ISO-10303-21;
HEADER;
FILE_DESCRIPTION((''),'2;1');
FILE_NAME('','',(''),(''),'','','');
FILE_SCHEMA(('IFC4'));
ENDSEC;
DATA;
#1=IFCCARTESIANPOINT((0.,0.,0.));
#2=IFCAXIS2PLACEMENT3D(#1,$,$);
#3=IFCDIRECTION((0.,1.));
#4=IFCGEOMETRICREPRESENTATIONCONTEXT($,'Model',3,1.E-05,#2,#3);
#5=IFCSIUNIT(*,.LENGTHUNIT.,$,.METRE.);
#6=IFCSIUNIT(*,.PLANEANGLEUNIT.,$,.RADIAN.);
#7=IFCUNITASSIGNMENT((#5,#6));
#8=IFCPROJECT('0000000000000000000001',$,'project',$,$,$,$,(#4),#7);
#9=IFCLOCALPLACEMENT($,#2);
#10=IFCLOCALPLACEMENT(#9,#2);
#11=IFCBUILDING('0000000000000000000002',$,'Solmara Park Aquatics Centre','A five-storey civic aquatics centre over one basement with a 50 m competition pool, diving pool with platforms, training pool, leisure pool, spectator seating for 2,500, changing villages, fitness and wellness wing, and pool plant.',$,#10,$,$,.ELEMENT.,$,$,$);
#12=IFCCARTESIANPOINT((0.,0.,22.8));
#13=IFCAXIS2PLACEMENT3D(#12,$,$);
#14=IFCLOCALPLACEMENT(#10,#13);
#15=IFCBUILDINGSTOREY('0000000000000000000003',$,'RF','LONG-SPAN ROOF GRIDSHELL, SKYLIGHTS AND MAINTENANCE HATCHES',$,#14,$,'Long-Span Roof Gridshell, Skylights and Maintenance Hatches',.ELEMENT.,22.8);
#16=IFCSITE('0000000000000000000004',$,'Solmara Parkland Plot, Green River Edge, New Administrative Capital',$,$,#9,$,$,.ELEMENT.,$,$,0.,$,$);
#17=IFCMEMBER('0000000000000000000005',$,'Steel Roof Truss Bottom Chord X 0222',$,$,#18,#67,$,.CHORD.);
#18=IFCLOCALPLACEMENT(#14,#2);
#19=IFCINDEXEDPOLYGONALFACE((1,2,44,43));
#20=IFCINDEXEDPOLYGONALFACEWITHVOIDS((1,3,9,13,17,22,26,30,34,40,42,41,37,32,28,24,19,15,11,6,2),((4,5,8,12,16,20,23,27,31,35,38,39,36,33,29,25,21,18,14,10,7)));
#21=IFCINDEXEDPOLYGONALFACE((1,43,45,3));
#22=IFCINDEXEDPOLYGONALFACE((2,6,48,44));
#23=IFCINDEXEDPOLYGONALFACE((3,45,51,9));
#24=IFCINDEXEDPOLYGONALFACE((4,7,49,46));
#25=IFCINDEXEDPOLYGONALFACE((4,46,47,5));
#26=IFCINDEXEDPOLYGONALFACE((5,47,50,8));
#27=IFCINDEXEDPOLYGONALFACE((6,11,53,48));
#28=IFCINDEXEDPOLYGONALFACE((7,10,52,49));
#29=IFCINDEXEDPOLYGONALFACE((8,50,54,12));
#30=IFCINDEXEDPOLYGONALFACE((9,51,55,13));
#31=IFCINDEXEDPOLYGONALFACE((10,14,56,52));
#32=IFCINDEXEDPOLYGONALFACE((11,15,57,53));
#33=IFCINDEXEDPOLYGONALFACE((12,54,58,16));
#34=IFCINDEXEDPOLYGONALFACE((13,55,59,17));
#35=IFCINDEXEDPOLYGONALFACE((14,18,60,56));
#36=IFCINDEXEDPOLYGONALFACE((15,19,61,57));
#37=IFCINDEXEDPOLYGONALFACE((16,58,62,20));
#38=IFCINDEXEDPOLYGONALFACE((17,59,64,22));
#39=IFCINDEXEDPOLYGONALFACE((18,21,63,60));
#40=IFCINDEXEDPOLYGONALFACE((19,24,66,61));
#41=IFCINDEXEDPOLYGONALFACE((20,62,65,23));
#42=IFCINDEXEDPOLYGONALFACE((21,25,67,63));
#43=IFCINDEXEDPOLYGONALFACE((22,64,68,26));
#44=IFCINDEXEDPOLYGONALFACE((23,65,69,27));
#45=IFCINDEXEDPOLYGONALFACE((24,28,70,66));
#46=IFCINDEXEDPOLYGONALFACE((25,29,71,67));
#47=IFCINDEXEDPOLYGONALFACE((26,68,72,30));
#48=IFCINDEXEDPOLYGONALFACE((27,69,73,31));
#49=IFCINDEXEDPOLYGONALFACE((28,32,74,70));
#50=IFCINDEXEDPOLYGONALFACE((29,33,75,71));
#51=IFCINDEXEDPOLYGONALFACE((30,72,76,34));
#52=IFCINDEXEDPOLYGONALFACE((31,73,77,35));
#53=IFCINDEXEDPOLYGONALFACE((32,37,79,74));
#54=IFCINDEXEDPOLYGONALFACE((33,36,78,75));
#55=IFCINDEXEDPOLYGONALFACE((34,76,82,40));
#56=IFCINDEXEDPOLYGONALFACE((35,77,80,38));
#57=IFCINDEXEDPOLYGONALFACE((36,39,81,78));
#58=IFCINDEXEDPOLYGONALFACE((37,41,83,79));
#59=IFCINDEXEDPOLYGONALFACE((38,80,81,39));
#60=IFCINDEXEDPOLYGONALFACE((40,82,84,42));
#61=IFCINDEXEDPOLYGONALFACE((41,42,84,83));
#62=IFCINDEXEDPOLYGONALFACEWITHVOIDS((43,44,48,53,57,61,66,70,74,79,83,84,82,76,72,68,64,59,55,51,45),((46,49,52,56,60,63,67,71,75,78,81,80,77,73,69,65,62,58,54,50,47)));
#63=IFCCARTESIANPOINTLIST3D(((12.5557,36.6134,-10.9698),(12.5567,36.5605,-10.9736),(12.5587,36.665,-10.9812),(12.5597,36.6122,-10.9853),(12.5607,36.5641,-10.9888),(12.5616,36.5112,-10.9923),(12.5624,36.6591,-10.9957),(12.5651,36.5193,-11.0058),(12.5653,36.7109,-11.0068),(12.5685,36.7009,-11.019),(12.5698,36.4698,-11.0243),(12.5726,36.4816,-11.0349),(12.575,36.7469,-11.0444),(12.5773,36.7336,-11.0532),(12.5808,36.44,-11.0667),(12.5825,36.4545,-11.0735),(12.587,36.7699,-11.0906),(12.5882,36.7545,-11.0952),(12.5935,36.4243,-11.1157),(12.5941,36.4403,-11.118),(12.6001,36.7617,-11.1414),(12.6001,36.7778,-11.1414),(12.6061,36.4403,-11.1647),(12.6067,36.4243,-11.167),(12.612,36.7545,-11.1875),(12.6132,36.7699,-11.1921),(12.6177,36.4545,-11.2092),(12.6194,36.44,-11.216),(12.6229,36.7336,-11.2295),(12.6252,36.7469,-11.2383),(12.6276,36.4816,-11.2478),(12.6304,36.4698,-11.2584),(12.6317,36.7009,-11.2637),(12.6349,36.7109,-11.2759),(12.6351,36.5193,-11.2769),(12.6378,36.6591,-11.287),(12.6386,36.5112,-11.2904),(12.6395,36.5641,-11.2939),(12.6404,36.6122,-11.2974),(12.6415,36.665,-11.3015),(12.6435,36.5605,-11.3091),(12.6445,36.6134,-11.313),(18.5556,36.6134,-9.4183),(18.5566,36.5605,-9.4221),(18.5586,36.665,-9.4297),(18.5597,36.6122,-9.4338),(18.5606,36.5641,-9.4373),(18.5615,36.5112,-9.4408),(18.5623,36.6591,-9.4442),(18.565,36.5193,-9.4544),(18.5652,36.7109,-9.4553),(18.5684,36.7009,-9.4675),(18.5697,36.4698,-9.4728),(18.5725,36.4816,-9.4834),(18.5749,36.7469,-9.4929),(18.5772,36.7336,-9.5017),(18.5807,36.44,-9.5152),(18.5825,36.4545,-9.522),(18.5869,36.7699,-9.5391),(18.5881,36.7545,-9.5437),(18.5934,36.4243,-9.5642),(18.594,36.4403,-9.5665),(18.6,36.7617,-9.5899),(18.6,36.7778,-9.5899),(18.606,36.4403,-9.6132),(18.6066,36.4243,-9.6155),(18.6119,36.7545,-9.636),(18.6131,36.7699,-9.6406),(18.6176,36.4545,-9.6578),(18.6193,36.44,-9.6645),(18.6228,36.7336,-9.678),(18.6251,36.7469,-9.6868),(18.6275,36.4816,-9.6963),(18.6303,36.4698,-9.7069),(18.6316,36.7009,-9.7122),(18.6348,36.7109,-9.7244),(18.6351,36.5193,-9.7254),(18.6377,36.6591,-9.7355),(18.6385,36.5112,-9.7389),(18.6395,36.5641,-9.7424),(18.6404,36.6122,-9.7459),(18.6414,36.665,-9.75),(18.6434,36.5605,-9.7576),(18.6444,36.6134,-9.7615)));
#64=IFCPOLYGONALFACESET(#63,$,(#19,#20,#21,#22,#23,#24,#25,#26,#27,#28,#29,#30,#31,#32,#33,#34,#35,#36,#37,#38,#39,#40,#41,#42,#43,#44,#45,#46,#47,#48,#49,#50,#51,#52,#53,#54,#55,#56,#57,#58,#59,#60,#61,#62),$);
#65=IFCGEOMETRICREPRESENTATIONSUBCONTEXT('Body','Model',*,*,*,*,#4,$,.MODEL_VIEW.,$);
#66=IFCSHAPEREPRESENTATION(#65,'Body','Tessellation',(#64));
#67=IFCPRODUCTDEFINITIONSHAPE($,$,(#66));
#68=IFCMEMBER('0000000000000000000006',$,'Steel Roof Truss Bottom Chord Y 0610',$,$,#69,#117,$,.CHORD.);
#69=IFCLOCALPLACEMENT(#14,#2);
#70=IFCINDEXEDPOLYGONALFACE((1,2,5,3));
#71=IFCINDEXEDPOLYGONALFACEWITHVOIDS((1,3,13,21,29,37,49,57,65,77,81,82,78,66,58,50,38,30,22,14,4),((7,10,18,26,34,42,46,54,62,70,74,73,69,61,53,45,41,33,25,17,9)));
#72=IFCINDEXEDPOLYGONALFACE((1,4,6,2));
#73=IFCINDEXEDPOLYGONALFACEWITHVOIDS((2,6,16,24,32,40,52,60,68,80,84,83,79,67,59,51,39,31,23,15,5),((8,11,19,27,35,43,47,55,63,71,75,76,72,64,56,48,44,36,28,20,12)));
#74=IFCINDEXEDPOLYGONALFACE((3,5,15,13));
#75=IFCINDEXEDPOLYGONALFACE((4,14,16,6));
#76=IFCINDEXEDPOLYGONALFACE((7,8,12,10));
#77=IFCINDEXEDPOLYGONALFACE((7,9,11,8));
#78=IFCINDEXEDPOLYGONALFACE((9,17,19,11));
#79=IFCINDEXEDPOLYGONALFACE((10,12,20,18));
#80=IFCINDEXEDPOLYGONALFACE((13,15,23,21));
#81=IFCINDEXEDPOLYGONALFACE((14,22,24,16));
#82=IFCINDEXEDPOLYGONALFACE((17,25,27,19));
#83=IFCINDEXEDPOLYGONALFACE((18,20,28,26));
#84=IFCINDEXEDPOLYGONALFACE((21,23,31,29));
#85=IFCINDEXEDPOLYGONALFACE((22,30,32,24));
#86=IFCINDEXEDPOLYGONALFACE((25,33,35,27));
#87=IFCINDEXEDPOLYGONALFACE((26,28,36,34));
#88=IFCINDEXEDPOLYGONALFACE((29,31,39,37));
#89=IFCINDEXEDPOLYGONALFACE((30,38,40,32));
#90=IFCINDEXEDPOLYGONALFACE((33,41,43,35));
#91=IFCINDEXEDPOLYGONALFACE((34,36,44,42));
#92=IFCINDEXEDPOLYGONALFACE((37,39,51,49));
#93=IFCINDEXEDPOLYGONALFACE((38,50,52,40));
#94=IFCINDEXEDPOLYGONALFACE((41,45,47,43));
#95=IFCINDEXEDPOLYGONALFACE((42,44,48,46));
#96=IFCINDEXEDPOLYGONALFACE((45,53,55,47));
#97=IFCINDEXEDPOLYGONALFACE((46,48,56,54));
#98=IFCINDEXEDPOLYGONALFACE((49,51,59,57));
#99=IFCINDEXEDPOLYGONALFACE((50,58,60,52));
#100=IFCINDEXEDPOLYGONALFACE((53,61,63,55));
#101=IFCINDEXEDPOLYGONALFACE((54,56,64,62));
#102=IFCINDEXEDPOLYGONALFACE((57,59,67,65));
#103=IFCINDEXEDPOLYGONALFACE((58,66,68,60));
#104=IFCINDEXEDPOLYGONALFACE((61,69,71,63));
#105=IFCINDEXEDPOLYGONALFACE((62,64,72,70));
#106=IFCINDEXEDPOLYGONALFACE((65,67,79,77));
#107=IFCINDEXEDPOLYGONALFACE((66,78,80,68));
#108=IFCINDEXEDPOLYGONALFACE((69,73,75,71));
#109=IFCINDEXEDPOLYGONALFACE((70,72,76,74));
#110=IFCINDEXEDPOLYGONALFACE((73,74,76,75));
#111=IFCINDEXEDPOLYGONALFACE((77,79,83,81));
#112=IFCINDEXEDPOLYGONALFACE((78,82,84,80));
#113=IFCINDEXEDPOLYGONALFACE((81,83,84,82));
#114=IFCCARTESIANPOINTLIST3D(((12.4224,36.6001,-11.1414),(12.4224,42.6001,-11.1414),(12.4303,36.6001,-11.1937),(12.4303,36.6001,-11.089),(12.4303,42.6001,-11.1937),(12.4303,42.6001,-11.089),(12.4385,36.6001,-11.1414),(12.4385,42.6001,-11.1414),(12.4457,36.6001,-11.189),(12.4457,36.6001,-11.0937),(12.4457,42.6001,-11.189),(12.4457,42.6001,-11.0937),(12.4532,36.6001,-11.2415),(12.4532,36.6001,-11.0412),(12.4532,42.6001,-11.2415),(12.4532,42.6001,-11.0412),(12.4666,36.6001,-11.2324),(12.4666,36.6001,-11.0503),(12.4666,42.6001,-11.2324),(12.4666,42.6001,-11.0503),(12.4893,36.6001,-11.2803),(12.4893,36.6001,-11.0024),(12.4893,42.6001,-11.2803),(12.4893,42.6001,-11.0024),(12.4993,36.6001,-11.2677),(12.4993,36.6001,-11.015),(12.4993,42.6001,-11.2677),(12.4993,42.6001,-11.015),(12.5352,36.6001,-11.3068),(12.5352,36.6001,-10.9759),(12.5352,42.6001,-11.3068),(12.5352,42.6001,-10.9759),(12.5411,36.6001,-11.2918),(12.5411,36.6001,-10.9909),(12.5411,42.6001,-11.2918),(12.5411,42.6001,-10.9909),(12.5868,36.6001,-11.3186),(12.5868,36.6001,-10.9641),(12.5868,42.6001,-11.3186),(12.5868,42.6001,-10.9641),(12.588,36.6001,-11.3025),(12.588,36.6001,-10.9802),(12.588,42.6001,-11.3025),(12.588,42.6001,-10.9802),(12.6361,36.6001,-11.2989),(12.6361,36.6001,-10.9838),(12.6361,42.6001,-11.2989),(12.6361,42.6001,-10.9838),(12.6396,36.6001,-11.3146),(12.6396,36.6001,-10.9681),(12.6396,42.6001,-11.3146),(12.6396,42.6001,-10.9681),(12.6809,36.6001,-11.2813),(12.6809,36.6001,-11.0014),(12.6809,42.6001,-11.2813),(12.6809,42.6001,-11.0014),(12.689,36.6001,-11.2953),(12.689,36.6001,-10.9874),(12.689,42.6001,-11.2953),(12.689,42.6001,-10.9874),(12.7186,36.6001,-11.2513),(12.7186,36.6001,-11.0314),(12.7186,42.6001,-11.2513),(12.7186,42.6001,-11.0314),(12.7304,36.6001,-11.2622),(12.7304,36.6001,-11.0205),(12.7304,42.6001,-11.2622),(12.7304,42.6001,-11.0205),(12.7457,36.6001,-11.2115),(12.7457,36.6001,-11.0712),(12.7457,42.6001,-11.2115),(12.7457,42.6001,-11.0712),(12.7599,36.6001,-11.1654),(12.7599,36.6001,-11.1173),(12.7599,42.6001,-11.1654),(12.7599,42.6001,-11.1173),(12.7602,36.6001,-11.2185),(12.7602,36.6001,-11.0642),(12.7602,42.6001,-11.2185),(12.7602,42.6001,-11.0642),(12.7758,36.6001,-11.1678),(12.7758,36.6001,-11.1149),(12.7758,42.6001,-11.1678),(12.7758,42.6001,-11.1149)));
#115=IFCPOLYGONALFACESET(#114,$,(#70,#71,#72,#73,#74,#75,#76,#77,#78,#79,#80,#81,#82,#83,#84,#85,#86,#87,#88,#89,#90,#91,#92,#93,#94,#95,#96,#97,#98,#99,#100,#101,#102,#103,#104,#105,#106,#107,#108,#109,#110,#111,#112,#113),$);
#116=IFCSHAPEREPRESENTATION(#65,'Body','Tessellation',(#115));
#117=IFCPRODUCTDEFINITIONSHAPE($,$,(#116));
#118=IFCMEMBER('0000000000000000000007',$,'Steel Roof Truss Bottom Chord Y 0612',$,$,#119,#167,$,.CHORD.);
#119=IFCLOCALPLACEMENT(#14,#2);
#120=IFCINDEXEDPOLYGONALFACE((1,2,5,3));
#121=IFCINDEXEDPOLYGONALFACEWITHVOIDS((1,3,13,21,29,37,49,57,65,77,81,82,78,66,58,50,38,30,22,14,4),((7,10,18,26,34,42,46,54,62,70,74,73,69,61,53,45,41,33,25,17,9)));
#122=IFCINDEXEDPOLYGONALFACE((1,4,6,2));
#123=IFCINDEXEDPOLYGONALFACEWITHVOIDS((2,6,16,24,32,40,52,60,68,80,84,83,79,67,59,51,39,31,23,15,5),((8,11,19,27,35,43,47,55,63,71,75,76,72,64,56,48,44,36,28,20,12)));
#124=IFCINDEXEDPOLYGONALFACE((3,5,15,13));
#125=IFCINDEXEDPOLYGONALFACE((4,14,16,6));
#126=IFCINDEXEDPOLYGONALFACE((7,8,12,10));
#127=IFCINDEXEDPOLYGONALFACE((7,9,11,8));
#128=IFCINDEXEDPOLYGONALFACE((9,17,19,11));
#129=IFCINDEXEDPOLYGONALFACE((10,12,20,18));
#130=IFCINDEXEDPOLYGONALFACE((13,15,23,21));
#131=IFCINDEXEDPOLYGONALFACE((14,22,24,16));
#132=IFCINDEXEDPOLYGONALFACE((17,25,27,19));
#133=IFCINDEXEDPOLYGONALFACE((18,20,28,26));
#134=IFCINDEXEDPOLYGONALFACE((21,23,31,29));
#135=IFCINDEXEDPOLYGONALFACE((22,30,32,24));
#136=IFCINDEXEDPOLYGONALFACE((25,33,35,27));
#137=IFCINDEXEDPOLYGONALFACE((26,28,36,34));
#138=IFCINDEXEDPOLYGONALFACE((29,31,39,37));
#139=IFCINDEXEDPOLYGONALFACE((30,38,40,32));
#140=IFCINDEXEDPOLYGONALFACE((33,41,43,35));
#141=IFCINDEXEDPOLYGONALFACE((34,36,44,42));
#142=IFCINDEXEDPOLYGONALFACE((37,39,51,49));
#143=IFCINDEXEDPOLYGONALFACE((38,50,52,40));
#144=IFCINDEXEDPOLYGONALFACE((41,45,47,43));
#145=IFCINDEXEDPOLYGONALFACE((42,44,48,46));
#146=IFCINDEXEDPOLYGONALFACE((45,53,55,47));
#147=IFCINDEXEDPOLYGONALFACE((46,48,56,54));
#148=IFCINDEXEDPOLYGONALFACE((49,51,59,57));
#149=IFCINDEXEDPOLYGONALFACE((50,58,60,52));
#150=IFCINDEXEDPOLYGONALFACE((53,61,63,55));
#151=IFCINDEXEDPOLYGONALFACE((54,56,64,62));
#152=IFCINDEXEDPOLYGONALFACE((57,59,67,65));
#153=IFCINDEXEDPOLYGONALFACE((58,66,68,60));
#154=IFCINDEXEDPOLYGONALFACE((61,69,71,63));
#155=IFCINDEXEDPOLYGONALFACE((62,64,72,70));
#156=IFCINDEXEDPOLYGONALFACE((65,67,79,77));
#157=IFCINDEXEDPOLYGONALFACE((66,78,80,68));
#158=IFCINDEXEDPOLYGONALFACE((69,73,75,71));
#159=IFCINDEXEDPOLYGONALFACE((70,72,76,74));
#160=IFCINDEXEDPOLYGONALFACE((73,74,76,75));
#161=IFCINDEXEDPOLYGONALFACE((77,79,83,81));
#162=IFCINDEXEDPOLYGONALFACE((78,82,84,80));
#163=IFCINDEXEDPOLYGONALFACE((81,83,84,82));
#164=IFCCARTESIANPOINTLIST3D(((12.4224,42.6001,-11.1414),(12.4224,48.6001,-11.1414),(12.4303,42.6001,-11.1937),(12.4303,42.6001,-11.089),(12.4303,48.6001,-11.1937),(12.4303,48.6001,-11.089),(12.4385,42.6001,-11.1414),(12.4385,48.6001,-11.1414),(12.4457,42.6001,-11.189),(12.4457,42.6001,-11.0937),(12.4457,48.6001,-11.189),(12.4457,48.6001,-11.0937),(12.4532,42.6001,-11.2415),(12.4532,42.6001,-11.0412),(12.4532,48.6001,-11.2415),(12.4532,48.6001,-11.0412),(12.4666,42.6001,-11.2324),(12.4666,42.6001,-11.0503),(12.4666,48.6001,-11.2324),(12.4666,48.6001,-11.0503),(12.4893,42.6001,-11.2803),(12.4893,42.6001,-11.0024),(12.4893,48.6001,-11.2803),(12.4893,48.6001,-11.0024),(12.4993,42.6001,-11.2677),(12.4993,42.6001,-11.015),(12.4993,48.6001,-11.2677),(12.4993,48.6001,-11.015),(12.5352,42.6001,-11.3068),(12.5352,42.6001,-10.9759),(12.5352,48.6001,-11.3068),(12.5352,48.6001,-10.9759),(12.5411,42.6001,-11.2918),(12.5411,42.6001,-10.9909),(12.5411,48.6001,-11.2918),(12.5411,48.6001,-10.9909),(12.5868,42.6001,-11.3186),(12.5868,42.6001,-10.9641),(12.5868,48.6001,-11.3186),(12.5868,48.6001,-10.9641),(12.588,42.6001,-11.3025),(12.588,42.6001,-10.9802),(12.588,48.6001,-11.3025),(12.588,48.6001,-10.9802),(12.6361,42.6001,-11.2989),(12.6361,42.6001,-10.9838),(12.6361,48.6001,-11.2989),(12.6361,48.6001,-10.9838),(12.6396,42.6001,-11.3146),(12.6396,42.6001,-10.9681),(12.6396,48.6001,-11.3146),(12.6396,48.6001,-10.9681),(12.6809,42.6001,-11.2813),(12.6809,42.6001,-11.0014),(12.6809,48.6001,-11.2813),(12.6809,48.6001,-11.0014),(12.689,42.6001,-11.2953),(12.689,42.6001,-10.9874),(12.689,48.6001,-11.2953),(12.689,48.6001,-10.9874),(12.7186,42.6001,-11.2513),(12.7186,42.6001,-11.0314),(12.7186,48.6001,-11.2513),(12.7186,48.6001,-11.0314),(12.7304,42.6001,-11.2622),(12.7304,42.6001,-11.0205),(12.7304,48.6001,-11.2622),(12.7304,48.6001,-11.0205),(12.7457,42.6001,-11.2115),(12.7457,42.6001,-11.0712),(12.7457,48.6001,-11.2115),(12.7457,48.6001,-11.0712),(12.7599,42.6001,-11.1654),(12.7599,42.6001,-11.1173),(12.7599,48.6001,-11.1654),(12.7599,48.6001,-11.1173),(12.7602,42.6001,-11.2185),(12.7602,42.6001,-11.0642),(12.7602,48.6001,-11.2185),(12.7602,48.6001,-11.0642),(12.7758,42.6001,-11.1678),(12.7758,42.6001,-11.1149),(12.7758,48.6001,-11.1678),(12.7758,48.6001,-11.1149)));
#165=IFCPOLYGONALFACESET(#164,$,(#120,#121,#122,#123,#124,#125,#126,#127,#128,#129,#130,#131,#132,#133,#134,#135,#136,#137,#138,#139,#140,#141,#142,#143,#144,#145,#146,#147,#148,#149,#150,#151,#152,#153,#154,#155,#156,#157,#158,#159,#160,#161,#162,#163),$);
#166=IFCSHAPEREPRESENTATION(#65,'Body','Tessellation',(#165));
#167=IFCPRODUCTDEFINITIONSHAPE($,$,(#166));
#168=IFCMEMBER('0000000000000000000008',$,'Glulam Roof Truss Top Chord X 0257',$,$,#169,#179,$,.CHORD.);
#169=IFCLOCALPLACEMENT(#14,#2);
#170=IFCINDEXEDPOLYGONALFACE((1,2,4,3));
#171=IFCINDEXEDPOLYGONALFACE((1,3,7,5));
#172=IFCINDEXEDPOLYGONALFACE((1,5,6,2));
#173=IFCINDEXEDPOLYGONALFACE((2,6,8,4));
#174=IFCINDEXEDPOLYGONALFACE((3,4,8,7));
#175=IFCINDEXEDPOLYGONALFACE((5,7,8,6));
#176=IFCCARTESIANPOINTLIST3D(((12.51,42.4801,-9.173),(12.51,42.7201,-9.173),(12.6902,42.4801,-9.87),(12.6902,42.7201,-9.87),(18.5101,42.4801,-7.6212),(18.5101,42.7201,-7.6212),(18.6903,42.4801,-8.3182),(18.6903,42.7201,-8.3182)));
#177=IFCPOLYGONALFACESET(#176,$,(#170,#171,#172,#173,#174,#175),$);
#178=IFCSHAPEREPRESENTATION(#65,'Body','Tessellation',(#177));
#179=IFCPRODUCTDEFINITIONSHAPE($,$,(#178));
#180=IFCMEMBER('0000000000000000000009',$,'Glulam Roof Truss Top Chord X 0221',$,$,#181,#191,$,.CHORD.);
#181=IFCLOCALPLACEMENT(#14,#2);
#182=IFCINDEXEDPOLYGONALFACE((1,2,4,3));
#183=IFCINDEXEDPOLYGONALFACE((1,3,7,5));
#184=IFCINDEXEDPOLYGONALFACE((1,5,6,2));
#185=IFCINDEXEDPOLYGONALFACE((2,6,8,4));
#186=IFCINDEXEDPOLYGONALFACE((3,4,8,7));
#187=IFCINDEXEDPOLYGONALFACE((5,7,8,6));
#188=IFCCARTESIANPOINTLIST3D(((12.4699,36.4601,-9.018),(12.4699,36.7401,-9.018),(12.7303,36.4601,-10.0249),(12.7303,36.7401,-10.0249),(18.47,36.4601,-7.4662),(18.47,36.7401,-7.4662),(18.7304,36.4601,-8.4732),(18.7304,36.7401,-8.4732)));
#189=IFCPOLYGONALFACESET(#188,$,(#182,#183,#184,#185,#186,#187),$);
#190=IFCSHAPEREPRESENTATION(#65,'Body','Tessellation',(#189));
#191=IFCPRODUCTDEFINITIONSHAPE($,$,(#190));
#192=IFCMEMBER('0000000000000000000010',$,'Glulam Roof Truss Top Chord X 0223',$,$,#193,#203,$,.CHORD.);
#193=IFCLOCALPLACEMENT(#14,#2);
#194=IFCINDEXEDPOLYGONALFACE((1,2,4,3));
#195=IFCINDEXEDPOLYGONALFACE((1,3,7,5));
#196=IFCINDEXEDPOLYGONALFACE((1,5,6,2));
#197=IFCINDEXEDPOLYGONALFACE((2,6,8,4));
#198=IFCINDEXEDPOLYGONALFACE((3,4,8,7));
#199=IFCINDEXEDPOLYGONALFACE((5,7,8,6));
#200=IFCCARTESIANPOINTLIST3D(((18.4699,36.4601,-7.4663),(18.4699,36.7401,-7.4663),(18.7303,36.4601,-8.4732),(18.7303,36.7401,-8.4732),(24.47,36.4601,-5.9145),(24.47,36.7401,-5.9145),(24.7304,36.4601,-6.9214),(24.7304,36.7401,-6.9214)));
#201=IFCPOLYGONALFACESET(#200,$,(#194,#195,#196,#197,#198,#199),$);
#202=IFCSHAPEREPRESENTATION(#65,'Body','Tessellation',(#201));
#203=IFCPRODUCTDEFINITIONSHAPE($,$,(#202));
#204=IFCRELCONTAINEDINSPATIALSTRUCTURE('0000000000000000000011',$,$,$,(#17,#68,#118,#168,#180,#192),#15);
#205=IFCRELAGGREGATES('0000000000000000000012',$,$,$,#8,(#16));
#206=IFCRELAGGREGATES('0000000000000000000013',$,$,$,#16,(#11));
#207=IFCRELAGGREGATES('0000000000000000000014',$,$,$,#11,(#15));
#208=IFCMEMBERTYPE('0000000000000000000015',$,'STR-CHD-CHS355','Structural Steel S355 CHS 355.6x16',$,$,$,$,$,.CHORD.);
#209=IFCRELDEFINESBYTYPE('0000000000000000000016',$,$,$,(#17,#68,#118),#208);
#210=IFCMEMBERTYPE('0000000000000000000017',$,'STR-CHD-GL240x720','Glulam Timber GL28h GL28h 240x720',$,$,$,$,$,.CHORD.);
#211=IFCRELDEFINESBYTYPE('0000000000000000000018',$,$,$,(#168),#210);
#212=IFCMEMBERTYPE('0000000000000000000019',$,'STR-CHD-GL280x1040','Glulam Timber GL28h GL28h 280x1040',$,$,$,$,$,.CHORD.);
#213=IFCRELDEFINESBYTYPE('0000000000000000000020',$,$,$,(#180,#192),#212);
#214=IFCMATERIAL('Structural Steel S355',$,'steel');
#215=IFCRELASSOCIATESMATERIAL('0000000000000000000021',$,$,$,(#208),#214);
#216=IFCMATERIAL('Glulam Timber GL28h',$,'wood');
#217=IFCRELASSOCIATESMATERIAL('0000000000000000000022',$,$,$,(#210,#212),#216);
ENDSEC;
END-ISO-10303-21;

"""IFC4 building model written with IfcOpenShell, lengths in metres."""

from ifc_helpers import new_model, si_unit, direction, frame, origin, origin_2d, place, context, subcontext, project, spatial, rectangle, hollow_circle, extrude, material, material_profile, profile_set, type_object, element, save


model = new_model("IFC4")

# Units and contexts
model_context = context("Model", 3, precision=1e-05, world=origin(), true_north=direction((0.0, 1.0)))
body_context = subcontext(model_context, "Body", "Model", "MODEL_VIEW")
ifc_project = project(units=[si_unit("LENGTHUNIT", "METRE"), si_unit("PLANEANGLEUNIT", "RADIAN")], contexts=[model_context])

# Site, building, storey
site_placement = place(None, origin())
site = spatial("IfcSite", under=ifc_project, at=site_placement, Name="Solmara Parkland Plot, Green River Edge, New Administrative Capital", CompositionType="ELEMENT", RefElevation=0.0)
building_placement = place(site_placement, origin())
building = spatial("IfcBuilding", under=site, at=building_placement, Name="Solmara Park Aquatics Centre", Description="A five-storey civic aquatics centre over one basement with a 50 m competition pool, diving pool with platforms, training pool, leisure pool, spectator seating for 2,500, changing villages, fitness and wellness wing, and pool plant.", CompositionType="ELEMENT")
storey_placement = place(building_placement, frame((0.0, 0.0, 22.8)))
storey = spatial("IfcBuildingStorey", under=building, at=storey_placement, Name="RF", Description="LONG-SPAN ROOF GRIDSHELL, SKYLIGHTS AND MAINTENANCE HATCHES", LongName="Long-Span Roof Gridshell, Skylights and Maintenance Hatches", CompositionType="ELEMENT", Elevation=22.8)

# Members
ifc_material_1 = material(Name="Structural Steel S355", Category="steel")
ifc_material_profile_1 = material_profile(ifc_material_1, hollow_circle(Radius=0.1777, WallThickness=0.0161, at=origin_2d()), Name="CHS 355.6x16")
ifc_profile_set_1 = profile_set([ifc_material_profile_1], Name="Structural Steel S355")
member_type_1 = type_object("IfcMemberType", Name="STR-CHD-CHS355", Description="Structural Steel S355 CHS 355.6x16", PredefinedType="CHORD", material=ifc_profile_set_1)
member_1_placement = place(storey_placement, frame((12.6001, 36.6001, -11.1414), z_axis=(0.968155, 0.0, 0.250351), x_axis=(0.0, 1.0, 0.0)))
element("IfcMember", 1, at=member_1_placement, inside=storey, type_object=member_type_1, Name="Steel Roof Truss Bottom Chord X 0222", PredefinedType="CHORD", context=body_context, shape_type="SweptSolid", body=[
    extrude(hollow_circle(Radius=0.1777, WallThickness=0.0161, at=origin_2d()), origin(), (0.0, 0.0, 1.0), 6.1973),
])
for number, where, z_axis, x_axis, name in (
    (2, (12.6001, 36.6001, -11.1414), (0.0, 1.0, 0.0), (-1.0, 0.0, 0.0), "Steel Roof Truss Bottom Chord Y 0610"),
    (3, (12.6001, 42.6001, -11.1414), (0.0, 1.0, 0.0), (-1.0, 0.0, 0.0), "Steel Roof Truss Bottom Chord Y 0612"),
):
    element("IfcMember", number, at=place(storey_placement, frame(where, z_axis=z_axis, x_axis=x_axis)), inside=storey, type_object=member_type_1, Name=name, PredefinedType="CHORD", context=body_context, shape_type="SweptSolid", body=[
        extrude(hollow_circle(Radius=0.1777, WallThickness=0.0161, at=origin_2d()), origin(), (0.0, 0.0, 1.0), 6.0),
    ])
ifc_material_2 = material(Name="Glulam Timber GL28h", Category="wood")
ifc_material_profile_2 = material_profile(ifc_material_2, rectangle(XDim=0.24, YDim=0.72, at=origin_2d()), Name="GL28h 240x720")
ifc_profile_set_2 = profile_set([ifc_material_profile_2], Name="Glulam Timber GL28h")
member_type_2 = type_object("IfcMemberType", Name="STR-CHD-GL240x720", Description="Glulam Timber GL28h GL28h 240x720", PredefinedType="CHORD", material=ifc_profile_set_2)
member_2_placement = place(storey_placement, frame((12.6001, 42.6001, -9.5215), z_axis=(0.968146, 0.0, 0.250388), x_axis=(0.0, 1.0, 0.0)))
element("IfcMember", 4, at=member_2_placement, inside=storey, type_object=member_type_2, Name="Glulam Roof Truss Top Chord X 0257", PredefinedType="CHORD", context=body_context, shape_type="SweptSolid", body=[
    extrude(rectangle(XDim=0.24, YDim=0.72, at=origin_2d()), origin(), (0.0, 0.0, 1.0), 6.1975),
])
ifc_material_profile_3 = material_profile(ifc_material_2, rectangle(XDim=0.28, YDim=1.04, at=origin_2d()), Name="GL28h 280x1040")
ifc_profile_set_3 = profile_set([ifc_material_profile_3], Name="Glulam Timber GL28h")
member_type_3 = type_object("IfcMemberType", Name="STR-CHD-GL280x1040", Description="Glulam Timber GL28h GL28h 280x1040", PredefinedType="CHORD", material=ifc_profile_set_3)
for number, where, z_axis, x_axis, name in (
    (5, (12.6001, 36.6001, -9.5215), (0.968146, 0.0, 0.250388), (0.0, 1.0, 0.0), "Glulam Roof Truss Top Chord X 0221"),
    (6, (18.6001, 36.6001, -7.9697), (0.968146, 0.0, 0.250388), (0.0, 1.0, 0.0), "Glulam Roof Truss Top Chord X 0223"),
):
    element("IfcMember", number, at=place(storey_placement, frame(where, z_axis=z_axis, x_axis=x_axis)), inside=storey, type_object=member_type_3, Name=name, PredefinedType="CHORD", context=body_context, shape_type="SweptSolid", body=[
        extrude(rectangle(XDim=0.28, YDim=1.04, at=origin_2d()), origin(), (0.0, 0.0, 1.0), 6.1975),
    ])

save(model, "model.ifc")
